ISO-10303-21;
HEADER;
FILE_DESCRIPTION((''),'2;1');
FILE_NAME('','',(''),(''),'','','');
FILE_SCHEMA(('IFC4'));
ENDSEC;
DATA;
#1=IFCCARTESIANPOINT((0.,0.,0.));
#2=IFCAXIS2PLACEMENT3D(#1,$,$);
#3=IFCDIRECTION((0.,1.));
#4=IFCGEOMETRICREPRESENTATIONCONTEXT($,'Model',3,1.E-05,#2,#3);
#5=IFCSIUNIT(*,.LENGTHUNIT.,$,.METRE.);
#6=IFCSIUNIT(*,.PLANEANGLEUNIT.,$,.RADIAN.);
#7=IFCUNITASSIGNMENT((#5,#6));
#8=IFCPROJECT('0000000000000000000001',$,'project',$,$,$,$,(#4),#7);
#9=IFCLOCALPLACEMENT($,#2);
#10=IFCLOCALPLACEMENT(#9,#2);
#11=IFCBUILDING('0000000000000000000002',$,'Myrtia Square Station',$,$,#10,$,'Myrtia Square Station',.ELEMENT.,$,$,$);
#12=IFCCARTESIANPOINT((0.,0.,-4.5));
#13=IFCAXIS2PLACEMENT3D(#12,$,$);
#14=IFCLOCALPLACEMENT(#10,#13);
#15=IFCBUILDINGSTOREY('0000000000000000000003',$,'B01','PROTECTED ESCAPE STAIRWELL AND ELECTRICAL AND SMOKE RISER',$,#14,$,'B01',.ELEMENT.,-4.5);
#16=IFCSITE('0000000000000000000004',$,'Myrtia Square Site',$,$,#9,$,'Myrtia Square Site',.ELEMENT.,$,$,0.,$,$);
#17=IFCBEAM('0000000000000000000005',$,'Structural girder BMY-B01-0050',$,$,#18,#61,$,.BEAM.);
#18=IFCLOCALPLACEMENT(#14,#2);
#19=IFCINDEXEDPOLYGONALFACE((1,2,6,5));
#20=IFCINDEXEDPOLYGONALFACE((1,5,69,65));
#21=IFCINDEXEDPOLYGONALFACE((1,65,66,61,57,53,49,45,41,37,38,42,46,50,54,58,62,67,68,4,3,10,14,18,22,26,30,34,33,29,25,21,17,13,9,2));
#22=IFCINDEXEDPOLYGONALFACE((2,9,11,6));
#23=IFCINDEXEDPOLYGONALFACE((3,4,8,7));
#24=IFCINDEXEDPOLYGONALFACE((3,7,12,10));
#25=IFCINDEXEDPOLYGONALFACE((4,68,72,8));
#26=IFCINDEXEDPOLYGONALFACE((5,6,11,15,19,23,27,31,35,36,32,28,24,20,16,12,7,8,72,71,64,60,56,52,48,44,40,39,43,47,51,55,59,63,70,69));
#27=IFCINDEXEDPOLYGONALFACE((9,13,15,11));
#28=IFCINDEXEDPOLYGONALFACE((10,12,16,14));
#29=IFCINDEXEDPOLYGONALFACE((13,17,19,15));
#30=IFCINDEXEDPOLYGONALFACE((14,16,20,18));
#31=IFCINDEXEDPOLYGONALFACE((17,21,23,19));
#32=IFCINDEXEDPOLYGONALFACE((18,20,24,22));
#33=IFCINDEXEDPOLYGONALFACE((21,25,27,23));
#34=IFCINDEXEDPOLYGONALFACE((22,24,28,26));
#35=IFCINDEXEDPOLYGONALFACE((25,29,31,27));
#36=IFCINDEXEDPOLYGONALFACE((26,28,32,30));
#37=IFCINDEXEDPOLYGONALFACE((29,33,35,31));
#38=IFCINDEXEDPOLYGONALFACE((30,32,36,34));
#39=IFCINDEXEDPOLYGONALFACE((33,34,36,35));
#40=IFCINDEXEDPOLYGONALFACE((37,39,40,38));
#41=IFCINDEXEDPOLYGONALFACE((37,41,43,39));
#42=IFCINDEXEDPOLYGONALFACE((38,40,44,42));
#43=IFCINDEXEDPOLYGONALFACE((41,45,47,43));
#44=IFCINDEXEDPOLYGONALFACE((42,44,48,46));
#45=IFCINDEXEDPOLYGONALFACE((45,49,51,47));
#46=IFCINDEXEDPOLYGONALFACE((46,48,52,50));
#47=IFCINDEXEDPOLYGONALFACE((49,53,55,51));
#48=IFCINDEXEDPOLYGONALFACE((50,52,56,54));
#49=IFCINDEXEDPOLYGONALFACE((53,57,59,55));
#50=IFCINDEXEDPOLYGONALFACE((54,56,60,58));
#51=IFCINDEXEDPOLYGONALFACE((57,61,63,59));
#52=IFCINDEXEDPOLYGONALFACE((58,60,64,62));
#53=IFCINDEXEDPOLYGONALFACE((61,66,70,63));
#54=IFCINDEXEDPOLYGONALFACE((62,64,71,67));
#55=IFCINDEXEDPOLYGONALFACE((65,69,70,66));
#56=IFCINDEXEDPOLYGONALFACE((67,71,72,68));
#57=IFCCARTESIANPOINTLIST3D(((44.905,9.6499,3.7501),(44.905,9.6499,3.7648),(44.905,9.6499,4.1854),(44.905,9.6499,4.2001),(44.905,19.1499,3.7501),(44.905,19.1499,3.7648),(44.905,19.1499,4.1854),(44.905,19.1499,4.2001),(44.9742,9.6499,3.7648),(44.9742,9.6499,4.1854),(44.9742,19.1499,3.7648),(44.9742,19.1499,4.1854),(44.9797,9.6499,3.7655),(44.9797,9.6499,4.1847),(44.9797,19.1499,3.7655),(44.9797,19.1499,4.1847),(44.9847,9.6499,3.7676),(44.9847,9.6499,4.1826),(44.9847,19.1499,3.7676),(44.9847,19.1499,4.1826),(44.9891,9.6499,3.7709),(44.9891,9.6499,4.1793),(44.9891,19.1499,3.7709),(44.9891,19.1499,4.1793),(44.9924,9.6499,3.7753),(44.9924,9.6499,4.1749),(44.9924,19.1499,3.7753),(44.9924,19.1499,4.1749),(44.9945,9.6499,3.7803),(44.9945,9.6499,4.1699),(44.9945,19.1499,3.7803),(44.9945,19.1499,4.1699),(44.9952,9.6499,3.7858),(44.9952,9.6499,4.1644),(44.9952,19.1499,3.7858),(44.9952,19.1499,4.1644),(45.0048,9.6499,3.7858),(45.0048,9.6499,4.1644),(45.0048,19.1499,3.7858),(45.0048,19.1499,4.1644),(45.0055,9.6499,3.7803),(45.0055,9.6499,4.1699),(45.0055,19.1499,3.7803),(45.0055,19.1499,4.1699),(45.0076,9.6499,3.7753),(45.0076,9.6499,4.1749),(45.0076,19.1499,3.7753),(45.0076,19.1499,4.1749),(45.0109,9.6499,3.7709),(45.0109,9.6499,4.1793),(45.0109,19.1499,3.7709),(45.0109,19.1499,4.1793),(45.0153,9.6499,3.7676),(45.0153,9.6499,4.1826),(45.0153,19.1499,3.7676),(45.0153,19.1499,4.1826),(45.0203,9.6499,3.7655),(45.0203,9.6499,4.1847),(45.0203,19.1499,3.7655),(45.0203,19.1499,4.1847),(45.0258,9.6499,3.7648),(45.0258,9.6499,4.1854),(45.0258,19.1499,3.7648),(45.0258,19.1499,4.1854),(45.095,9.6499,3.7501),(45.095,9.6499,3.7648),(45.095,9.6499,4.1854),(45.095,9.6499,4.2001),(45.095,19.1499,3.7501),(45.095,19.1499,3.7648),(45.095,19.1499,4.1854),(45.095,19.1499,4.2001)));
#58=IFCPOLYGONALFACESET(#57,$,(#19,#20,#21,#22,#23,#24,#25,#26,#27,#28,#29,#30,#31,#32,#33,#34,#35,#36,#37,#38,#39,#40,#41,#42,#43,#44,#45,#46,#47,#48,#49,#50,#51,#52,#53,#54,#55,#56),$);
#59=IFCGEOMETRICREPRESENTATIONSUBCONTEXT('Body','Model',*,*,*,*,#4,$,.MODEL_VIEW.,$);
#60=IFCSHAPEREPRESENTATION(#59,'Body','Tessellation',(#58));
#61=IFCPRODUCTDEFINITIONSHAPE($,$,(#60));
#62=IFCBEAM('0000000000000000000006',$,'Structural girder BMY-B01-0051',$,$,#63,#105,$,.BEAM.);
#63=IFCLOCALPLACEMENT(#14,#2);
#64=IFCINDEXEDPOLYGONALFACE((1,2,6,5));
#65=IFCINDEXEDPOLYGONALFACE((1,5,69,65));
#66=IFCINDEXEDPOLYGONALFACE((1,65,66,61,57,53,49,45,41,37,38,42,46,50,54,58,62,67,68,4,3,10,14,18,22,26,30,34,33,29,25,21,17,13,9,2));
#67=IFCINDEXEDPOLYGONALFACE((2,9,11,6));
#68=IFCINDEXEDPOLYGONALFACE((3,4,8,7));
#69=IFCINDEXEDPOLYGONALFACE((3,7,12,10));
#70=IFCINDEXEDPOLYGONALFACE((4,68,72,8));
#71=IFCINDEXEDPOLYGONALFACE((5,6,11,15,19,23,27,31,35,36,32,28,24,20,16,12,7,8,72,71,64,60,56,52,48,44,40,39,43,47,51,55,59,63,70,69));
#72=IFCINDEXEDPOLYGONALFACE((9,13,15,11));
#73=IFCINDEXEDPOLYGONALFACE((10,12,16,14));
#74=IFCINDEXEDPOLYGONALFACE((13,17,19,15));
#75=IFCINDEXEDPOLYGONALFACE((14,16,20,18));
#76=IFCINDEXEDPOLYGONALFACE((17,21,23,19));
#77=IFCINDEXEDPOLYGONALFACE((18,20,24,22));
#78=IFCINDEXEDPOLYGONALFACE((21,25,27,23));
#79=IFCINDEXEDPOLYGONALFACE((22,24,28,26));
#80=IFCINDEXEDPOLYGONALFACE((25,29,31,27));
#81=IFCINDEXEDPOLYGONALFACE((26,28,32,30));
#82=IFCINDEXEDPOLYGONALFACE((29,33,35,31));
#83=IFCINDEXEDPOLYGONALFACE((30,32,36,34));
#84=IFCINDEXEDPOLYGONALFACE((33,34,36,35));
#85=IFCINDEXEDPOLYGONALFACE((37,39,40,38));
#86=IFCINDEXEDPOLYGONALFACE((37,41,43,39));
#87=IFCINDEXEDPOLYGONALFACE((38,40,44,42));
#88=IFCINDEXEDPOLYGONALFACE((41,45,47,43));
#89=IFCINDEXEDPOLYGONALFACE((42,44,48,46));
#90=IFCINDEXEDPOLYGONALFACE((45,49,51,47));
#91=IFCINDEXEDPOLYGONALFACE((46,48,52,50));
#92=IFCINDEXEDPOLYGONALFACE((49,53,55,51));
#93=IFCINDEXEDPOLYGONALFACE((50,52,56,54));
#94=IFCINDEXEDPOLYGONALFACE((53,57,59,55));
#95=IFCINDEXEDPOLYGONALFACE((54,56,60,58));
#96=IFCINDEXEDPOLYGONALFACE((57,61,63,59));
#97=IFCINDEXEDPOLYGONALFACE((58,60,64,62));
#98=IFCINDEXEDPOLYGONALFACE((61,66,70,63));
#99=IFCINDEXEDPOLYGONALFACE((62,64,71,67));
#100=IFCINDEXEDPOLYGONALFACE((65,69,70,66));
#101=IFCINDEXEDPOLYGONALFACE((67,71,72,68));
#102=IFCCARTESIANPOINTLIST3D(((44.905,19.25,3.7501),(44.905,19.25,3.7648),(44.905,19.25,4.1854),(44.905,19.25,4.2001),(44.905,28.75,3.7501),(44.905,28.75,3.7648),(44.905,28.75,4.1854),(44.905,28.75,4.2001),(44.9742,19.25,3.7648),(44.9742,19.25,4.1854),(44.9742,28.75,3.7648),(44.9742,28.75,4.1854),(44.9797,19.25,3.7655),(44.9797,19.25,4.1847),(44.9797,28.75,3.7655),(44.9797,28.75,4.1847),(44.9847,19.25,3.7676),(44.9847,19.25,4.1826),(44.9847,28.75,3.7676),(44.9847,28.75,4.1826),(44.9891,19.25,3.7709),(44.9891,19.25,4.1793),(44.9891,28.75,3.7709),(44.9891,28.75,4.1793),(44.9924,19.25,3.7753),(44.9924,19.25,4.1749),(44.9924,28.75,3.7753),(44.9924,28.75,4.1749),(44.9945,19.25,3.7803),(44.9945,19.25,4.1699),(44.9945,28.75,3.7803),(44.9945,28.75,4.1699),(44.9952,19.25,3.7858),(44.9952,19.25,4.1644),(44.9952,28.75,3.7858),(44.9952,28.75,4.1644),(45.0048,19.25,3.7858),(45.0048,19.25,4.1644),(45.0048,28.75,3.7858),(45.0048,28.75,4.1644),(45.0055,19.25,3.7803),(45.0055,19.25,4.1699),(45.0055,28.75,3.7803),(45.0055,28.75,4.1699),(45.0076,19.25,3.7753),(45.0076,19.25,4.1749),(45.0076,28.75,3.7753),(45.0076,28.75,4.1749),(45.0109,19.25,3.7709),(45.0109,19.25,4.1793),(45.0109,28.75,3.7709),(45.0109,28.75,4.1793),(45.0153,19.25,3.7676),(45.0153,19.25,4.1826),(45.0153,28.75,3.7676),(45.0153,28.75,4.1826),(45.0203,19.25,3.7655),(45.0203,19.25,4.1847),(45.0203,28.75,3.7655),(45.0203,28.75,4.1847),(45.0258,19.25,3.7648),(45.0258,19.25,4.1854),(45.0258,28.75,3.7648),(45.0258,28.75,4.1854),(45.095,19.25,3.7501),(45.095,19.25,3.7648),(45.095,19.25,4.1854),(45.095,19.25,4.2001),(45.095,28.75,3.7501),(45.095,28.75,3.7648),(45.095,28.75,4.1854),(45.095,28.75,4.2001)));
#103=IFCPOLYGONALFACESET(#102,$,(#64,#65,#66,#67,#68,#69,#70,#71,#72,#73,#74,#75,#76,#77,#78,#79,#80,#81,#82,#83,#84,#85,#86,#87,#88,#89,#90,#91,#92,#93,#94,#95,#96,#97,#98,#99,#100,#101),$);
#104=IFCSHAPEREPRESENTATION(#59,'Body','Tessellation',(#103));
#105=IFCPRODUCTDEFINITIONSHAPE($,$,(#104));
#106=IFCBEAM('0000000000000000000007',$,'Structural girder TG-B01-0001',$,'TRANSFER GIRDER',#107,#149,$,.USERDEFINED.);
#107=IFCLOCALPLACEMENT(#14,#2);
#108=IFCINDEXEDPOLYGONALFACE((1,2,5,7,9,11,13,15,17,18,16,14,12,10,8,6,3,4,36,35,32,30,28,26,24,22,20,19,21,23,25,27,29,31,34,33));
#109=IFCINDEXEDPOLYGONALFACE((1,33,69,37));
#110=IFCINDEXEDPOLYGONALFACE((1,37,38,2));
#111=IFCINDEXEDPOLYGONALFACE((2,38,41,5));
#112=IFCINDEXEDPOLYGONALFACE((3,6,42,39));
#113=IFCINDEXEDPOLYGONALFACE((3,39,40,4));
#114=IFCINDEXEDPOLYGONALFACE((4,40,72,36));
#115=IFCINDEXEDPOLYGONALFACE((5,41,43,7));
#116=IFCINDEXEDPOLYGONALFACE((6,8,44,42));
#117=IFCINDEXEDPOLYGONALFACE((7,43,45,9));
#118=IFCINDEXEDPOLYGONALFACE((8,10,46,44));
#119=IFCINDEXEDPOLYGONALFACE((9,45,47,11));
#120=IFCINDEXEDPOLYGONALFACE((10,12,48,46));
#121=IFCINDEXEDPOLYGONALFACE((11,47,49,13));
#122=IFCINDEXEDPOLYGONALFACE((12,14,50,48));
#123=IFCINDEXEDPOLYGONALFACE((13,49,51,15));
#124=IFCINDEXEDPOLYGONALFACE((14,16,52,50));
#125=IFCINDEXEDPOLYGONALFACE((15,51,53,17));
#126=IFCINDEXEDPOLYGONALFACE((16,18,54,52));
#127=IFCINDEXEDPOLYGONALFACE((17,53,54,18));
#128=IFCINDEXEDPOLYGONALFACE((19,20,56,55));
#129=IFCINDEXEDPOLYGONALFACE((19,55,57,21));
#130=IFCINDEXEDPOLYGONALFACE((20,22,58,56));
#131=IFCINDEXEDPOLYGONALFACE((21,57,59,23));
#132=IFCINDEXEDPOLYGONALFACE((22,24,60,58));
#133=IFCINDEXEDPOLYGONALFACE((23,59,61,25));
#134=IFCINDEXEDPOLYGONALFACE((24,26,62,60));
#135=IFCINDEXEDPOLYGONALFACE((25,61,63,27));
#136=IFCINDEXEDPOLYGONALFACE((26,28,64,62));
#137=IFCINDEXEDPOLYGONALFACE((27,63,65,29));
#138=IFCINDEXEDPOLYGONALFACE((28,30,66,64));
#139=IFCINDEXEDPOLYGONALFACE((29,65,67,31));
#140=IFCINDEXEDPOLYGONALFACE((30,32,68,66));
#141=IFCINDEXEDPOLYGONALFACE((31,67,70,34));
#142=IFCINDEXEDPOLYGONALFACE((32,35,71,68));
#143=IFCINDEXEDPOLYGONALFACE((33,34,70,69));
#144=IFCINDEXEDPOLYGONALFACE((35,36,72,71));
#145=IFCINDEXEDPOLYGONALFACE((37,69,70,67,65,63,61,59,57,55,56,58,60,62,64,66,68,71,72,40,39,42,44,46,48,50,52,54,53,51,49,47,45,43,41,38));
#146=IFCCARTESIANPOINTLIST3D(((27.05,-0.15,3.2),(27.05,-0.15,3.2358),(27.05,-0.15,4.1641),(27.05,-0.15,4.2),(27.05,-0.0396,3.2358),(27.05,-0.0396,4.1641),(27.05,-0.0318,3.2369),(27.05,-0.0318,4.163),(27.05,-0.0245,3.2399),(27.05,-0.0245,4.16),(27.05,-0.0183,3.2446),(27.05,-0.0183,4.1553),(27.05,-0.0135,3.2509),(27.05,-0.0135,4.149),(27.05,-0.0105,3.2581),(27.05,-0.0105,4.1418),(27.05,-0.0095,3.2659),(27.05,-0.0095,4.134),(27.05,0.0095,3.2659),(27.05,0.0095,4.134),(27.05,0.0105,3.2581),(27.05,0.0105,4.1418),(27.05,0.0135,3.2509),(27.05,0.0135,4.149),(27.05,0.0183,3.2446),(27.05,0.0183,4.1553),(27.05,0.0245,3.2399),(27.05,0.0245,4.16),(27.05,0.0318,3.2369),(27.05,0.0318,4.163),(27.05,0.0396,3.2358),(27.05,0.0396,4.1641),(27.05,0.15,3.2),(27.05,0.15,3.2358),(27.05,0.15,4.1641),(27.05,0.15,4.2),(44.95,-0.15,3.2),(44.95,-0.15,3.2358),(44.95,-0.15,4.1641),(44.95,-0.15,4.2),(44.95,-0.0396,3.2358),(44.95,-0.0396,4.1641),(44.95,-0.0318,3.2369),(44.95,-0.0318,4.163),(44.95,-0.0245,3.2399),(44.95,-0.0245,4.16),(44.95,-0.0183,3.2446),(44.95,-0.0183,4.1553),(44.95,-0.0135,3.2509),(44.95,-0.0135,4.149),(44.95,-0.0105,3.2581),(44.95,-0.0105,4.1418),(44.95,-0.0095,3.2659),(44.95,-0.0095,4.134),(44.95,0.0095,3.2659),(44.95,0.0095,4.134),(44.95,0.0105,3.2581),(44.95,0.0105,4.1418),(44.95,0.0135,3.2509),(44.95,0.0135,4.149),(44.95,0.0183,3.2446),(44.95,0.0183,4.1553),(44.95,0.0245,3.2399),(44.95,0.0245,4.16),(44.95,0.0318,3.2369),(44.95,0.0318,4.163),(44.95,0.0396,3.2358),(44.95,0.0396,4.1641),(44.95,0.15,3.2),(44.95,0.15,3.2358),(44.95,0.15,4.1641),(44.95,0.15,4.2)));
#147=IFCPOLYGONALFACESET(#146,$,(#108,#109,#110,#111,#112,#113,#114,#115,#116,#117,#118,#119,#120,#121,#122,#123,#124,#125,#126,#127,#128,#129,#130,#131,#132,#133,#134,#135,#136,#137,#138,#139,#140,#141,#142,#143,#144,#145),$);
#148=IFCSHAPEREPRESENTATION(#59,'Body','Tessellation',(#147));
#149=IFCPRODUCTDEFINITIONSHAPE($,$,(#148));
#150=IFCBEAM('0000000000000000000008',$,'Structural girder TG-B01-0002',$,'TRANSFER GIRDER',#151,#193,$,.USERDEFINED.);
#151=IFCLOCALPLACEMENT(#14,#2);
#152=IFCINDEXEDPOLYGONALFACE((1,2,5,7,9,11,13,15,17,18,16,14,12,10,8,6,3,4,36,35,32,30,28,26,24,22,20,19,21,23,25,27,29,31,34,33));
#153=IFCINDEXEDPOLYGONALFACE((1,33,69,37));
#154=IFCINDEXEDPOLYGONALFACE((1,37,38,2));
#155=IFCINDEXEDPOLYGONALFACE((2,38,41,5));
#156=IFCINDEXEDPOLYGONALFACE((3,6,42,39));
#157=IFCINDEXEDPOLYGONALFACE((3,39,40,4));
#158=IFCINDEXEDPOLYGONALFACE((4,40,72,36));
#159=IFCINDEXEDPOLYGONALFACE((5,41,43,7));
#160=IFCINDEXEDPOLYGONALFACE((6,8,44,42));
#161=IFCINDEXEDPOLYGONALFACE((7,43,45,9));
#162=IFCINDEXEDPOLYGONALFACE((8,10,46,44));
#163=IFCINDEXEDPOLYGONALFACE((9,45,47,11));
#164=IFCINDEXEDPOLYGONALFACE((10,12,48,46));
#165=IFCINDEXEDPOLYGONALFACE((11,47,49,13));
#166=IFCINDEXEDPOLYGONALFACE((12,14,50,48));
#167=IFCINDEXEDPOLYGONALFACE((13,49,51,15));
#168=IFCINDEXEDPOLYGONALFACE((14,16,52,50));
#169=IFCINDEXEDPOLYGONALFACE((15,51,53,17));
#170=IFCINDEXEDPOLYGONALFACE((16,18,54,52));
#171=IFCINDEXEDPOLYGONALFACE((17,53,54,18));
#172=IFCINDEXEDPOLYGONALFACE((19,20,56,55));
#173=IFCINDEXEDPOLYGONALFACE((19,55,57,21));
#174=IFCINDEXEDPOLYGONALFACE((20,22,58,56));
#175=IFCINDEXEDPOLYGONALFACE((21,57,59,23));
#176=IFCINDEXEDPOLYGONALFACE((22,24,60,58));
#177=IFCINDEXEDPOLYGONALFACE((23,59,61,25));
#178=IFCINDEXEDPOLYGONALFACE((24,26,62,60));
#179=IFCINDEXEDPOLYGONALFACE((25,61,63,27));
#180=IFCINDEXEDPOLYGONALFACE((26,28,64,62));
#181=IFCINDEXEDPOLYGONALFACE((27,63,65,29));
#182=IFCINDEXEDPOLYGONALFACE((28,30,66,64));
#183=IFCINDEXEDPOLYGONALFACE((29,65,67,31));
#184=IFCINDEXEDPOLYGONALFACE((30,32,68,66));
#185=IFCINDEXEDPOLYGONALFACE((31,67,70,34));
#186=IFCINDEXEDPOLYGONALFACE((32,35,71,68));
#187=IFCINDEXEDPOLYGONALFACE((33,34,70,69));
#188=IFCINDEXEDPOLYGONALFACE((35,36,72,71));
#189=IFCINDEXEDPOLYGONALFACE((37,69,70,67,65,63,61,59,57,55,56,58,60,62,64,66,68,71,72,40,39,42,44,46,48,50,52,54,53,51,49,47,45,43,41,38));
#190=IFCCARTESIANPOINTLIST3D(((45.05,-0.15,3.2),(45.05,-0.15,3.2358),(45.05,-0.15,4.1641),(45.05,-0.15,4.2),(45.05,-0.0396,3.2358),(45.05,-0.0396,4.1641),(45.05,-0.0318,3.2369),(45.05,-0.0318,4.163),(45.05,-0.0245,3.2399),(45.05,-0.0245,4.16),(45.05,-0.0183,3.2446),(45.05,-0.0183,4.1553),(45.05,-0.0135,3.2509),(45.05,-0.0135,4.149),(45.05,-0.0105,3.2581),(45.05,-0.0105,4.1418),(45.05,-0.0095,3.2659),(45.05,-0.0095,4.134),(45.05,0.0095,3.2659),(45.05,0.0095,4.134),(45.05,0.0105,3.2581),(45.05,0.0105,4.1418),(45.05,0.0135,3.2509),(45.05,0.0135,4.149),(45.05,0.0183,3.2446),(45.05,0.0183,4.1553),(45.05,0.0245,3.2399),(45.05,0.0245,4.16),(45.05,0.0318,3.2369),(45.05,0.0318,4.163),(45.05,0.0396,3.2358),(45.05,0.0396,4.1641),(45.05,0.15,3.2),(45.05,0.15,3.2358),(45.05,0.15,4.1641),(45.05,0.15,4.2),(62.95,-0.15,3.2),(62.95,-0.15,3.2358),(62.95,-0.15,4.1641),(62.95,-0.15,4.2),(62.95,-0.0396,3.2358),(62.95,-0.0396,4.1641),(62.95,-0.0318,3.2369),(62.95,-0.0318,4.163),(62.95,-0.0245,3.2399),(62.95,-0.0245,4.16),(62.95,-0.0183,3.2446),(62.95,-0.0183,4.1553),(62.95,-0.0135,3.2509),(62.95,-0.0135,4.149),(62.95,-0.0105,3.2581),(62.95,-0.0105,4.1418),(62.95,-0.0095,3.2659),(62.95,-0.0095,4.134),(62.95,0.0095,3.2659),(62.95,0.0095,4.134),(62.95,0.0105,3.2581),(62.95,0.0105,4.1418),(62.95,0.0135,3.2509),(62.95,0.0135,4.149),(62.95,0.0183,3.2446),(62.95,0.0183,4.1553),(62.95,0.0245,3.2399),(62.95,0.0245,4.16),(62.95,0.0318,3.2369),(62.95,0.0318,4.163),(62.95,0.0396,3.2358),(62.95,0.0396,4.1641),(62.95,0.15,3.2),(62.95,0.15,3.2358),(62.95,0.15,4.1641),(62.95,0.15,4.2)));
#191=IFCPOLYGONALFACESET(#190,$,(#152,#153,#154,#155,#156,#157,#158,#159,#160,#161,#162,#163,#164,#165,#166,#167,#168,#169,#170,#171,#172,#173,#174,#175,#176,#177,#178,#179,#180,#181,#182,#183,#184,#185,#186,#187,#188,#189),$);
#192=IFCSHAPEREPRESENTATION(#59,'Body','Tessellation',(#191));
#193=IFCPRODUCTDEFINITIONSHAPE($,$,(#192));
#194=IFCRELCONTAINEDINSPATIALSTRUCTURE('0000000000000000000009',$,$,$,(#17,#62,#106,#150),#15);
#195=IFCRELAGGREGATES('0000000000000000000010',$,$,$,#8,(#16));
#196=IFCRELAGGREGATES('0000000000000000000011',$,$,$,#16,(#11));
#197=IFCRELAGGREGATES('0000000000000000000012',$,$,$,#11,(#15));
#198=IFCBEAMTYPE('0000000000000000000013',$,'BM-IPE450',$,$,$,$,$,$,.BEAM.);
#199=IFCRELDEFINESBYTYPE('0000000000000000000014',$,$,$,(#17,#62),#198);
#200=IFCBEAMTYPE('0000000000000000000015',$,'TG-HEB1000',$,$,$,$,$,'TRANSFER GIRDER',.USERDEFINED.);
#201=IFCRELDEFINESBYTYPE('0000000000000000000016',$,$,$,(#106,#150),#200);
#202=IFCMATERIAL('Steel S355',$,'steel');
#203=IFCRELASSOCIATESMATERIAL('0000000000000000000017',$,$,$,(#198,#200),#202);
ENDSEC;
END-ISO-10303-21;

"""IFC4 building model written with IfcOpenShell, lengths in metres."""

from ifc_helpers import new_model, si_unit, direction, frame, origin, origin_2d, place, context, subcontext, project, spatial, i_section, extrude, material, material_profile, profile_set, type_object, element, save


model = new_model("IFC4")

# Units and contexts
model_context = context("Model", 3, precision=1e-05, world=origin(), true_north=direction((0.0, 1.0)))
body_context = subcontext(model_context, "Body", "Model", "MODEL_VIEW")
ifc_project = project(units=[si_unit("LENGTHUNIT", "METRE"), si_unit("PLANEANGLEUNIT", "RADIAN")], contexts=[model_context])

# Site, building, storey
site_placement = place(None, origin())
site = spatial("IfcSite", under=ifc_project, at=site_placement, Name="Myrtia Square Site", LongName="Myrtia Square Site", CompositionType="ELEMENT", RefElevation=0.0)
building_placement = place(site_placement, origin())
building = spatial("IfcBuilding", under=site, at=building_placement, Name="Myrtia Square Station", LongName="Myrtia Square Station", CompositionType="ELEMENT")
storey_placement = place(building_placement, frame((0.0, 0.0, -4.5)))
storey = spatial("IfcBuildingStorey", under=building, at=storey_placement, Name="B01", Description="PROTECTED ESCAPE STAIRWELL AND ELECTRICAL AND SMOKE RISER", LongName="B01", CompositionType="ELEMENT", Elevation=-4.5)

# Beams
ifc_material_1 = material(Name="Steel S355", Category="steel")
ifc_material_profile_1 = material_profile(ifc_material_1, i_section(OverallWidth=0.1899, OverallDepth=0.45, WebThickness=0.0095, FlangeThickness=0.0146, FilletRadius=0.021, at=origin_2d()), Name="IPE 450")
ifc_profile_set_1 = profile_set([ifc_material_profile_1], Name="Steel S355")
beam_type_1 = type_object("IfcBeamType", Name="BM-IPE450", PredefinedType="BEAM", material=ifc_profile_set_1)
for number, where, z_axis, x_axis, name in (
    (1, (45.0, 9.6499, 3.9751), (0.0, 1.0, 0.0), (-1.0, 0.0, 0.0), "Structural girder BMY-B01-0050"),
    (2, (45.0, 19.25, 3.9751), (0.0, 1.0, 0.0), (-1.0, 0.0, 0.0), "Structural girder BMY-B01-0051"),
):
    element("IfcBeam", number, at=place(storey_placement, frame(where, z_axis=z_axis, x_axis=x_axis)), inside=storey, type_object=beam_type_1, Name=name, PredefinedType="BEAM", context=body_context, shape_type="SweptSolid", body=[
        extrude(i_section(OverallWidth=0.1899, OverallDepth=0.45, WebThickness=0.0095, FlangeThickness=0.0146, FilletRadius=0.021, at=origin_2d()), origin(), (0.0, 0.0, 1.0), 9.5),
    ])
ifc_material_profile_2 = material_profile(ifc_material_1, i_section(OverallWidth=0.3, OverallDepth=1.0, WebThickness=0.019, FlangeThickness=0.0359, FilletRadius=0.03, at=origin_2d()), Name="HEB 1000")
ifc_profile_set_2 = profile_set([ifc_material_profile_2], Name="Steel S355")
beam_type_2 = type_object("IfcBeamType", Name="TG-HEB1000", ElementType="TRANSFER GIRDER", PredefinedType="USERDEFINED", material=ifc_profile_set_2)
for number, where, z_axis, x_axis, name in (
    (3, (27.05, 0.0, 3.7), (1.0, 0.0, 0.0), (0.0, 1.0, 0.0), "Structural girder TG-B01-0001"),
    (4, (45.05, 0.0, 3.7), (1.0, 0.0, 0.0), (0.0, 1.0, 0.0), "Structural girder TG-B01-0002"),
):
    element("IfcBeam", number, at=place(storey_placement, frame(where, z_axis=z_axis, x_axis=x_axis)), inside=storey, type_object=beam_type_2, Name=name, ObjectType="TRANSFER GIRDER", PredefinedType="USERDEFINED", context=body_context, shape_type="SweptSolid", body=[
        extrude(i_section(OverallWidth=0.3, OverallDepth=1.0, WebThickness=0.019, FlangeThickness=0.0359, FilletRadius=0.03, at=origin_2d()), origin(), (0.0, 0.0, 1.0), 17.8999),
    ])

save(model, "model.ifc")
